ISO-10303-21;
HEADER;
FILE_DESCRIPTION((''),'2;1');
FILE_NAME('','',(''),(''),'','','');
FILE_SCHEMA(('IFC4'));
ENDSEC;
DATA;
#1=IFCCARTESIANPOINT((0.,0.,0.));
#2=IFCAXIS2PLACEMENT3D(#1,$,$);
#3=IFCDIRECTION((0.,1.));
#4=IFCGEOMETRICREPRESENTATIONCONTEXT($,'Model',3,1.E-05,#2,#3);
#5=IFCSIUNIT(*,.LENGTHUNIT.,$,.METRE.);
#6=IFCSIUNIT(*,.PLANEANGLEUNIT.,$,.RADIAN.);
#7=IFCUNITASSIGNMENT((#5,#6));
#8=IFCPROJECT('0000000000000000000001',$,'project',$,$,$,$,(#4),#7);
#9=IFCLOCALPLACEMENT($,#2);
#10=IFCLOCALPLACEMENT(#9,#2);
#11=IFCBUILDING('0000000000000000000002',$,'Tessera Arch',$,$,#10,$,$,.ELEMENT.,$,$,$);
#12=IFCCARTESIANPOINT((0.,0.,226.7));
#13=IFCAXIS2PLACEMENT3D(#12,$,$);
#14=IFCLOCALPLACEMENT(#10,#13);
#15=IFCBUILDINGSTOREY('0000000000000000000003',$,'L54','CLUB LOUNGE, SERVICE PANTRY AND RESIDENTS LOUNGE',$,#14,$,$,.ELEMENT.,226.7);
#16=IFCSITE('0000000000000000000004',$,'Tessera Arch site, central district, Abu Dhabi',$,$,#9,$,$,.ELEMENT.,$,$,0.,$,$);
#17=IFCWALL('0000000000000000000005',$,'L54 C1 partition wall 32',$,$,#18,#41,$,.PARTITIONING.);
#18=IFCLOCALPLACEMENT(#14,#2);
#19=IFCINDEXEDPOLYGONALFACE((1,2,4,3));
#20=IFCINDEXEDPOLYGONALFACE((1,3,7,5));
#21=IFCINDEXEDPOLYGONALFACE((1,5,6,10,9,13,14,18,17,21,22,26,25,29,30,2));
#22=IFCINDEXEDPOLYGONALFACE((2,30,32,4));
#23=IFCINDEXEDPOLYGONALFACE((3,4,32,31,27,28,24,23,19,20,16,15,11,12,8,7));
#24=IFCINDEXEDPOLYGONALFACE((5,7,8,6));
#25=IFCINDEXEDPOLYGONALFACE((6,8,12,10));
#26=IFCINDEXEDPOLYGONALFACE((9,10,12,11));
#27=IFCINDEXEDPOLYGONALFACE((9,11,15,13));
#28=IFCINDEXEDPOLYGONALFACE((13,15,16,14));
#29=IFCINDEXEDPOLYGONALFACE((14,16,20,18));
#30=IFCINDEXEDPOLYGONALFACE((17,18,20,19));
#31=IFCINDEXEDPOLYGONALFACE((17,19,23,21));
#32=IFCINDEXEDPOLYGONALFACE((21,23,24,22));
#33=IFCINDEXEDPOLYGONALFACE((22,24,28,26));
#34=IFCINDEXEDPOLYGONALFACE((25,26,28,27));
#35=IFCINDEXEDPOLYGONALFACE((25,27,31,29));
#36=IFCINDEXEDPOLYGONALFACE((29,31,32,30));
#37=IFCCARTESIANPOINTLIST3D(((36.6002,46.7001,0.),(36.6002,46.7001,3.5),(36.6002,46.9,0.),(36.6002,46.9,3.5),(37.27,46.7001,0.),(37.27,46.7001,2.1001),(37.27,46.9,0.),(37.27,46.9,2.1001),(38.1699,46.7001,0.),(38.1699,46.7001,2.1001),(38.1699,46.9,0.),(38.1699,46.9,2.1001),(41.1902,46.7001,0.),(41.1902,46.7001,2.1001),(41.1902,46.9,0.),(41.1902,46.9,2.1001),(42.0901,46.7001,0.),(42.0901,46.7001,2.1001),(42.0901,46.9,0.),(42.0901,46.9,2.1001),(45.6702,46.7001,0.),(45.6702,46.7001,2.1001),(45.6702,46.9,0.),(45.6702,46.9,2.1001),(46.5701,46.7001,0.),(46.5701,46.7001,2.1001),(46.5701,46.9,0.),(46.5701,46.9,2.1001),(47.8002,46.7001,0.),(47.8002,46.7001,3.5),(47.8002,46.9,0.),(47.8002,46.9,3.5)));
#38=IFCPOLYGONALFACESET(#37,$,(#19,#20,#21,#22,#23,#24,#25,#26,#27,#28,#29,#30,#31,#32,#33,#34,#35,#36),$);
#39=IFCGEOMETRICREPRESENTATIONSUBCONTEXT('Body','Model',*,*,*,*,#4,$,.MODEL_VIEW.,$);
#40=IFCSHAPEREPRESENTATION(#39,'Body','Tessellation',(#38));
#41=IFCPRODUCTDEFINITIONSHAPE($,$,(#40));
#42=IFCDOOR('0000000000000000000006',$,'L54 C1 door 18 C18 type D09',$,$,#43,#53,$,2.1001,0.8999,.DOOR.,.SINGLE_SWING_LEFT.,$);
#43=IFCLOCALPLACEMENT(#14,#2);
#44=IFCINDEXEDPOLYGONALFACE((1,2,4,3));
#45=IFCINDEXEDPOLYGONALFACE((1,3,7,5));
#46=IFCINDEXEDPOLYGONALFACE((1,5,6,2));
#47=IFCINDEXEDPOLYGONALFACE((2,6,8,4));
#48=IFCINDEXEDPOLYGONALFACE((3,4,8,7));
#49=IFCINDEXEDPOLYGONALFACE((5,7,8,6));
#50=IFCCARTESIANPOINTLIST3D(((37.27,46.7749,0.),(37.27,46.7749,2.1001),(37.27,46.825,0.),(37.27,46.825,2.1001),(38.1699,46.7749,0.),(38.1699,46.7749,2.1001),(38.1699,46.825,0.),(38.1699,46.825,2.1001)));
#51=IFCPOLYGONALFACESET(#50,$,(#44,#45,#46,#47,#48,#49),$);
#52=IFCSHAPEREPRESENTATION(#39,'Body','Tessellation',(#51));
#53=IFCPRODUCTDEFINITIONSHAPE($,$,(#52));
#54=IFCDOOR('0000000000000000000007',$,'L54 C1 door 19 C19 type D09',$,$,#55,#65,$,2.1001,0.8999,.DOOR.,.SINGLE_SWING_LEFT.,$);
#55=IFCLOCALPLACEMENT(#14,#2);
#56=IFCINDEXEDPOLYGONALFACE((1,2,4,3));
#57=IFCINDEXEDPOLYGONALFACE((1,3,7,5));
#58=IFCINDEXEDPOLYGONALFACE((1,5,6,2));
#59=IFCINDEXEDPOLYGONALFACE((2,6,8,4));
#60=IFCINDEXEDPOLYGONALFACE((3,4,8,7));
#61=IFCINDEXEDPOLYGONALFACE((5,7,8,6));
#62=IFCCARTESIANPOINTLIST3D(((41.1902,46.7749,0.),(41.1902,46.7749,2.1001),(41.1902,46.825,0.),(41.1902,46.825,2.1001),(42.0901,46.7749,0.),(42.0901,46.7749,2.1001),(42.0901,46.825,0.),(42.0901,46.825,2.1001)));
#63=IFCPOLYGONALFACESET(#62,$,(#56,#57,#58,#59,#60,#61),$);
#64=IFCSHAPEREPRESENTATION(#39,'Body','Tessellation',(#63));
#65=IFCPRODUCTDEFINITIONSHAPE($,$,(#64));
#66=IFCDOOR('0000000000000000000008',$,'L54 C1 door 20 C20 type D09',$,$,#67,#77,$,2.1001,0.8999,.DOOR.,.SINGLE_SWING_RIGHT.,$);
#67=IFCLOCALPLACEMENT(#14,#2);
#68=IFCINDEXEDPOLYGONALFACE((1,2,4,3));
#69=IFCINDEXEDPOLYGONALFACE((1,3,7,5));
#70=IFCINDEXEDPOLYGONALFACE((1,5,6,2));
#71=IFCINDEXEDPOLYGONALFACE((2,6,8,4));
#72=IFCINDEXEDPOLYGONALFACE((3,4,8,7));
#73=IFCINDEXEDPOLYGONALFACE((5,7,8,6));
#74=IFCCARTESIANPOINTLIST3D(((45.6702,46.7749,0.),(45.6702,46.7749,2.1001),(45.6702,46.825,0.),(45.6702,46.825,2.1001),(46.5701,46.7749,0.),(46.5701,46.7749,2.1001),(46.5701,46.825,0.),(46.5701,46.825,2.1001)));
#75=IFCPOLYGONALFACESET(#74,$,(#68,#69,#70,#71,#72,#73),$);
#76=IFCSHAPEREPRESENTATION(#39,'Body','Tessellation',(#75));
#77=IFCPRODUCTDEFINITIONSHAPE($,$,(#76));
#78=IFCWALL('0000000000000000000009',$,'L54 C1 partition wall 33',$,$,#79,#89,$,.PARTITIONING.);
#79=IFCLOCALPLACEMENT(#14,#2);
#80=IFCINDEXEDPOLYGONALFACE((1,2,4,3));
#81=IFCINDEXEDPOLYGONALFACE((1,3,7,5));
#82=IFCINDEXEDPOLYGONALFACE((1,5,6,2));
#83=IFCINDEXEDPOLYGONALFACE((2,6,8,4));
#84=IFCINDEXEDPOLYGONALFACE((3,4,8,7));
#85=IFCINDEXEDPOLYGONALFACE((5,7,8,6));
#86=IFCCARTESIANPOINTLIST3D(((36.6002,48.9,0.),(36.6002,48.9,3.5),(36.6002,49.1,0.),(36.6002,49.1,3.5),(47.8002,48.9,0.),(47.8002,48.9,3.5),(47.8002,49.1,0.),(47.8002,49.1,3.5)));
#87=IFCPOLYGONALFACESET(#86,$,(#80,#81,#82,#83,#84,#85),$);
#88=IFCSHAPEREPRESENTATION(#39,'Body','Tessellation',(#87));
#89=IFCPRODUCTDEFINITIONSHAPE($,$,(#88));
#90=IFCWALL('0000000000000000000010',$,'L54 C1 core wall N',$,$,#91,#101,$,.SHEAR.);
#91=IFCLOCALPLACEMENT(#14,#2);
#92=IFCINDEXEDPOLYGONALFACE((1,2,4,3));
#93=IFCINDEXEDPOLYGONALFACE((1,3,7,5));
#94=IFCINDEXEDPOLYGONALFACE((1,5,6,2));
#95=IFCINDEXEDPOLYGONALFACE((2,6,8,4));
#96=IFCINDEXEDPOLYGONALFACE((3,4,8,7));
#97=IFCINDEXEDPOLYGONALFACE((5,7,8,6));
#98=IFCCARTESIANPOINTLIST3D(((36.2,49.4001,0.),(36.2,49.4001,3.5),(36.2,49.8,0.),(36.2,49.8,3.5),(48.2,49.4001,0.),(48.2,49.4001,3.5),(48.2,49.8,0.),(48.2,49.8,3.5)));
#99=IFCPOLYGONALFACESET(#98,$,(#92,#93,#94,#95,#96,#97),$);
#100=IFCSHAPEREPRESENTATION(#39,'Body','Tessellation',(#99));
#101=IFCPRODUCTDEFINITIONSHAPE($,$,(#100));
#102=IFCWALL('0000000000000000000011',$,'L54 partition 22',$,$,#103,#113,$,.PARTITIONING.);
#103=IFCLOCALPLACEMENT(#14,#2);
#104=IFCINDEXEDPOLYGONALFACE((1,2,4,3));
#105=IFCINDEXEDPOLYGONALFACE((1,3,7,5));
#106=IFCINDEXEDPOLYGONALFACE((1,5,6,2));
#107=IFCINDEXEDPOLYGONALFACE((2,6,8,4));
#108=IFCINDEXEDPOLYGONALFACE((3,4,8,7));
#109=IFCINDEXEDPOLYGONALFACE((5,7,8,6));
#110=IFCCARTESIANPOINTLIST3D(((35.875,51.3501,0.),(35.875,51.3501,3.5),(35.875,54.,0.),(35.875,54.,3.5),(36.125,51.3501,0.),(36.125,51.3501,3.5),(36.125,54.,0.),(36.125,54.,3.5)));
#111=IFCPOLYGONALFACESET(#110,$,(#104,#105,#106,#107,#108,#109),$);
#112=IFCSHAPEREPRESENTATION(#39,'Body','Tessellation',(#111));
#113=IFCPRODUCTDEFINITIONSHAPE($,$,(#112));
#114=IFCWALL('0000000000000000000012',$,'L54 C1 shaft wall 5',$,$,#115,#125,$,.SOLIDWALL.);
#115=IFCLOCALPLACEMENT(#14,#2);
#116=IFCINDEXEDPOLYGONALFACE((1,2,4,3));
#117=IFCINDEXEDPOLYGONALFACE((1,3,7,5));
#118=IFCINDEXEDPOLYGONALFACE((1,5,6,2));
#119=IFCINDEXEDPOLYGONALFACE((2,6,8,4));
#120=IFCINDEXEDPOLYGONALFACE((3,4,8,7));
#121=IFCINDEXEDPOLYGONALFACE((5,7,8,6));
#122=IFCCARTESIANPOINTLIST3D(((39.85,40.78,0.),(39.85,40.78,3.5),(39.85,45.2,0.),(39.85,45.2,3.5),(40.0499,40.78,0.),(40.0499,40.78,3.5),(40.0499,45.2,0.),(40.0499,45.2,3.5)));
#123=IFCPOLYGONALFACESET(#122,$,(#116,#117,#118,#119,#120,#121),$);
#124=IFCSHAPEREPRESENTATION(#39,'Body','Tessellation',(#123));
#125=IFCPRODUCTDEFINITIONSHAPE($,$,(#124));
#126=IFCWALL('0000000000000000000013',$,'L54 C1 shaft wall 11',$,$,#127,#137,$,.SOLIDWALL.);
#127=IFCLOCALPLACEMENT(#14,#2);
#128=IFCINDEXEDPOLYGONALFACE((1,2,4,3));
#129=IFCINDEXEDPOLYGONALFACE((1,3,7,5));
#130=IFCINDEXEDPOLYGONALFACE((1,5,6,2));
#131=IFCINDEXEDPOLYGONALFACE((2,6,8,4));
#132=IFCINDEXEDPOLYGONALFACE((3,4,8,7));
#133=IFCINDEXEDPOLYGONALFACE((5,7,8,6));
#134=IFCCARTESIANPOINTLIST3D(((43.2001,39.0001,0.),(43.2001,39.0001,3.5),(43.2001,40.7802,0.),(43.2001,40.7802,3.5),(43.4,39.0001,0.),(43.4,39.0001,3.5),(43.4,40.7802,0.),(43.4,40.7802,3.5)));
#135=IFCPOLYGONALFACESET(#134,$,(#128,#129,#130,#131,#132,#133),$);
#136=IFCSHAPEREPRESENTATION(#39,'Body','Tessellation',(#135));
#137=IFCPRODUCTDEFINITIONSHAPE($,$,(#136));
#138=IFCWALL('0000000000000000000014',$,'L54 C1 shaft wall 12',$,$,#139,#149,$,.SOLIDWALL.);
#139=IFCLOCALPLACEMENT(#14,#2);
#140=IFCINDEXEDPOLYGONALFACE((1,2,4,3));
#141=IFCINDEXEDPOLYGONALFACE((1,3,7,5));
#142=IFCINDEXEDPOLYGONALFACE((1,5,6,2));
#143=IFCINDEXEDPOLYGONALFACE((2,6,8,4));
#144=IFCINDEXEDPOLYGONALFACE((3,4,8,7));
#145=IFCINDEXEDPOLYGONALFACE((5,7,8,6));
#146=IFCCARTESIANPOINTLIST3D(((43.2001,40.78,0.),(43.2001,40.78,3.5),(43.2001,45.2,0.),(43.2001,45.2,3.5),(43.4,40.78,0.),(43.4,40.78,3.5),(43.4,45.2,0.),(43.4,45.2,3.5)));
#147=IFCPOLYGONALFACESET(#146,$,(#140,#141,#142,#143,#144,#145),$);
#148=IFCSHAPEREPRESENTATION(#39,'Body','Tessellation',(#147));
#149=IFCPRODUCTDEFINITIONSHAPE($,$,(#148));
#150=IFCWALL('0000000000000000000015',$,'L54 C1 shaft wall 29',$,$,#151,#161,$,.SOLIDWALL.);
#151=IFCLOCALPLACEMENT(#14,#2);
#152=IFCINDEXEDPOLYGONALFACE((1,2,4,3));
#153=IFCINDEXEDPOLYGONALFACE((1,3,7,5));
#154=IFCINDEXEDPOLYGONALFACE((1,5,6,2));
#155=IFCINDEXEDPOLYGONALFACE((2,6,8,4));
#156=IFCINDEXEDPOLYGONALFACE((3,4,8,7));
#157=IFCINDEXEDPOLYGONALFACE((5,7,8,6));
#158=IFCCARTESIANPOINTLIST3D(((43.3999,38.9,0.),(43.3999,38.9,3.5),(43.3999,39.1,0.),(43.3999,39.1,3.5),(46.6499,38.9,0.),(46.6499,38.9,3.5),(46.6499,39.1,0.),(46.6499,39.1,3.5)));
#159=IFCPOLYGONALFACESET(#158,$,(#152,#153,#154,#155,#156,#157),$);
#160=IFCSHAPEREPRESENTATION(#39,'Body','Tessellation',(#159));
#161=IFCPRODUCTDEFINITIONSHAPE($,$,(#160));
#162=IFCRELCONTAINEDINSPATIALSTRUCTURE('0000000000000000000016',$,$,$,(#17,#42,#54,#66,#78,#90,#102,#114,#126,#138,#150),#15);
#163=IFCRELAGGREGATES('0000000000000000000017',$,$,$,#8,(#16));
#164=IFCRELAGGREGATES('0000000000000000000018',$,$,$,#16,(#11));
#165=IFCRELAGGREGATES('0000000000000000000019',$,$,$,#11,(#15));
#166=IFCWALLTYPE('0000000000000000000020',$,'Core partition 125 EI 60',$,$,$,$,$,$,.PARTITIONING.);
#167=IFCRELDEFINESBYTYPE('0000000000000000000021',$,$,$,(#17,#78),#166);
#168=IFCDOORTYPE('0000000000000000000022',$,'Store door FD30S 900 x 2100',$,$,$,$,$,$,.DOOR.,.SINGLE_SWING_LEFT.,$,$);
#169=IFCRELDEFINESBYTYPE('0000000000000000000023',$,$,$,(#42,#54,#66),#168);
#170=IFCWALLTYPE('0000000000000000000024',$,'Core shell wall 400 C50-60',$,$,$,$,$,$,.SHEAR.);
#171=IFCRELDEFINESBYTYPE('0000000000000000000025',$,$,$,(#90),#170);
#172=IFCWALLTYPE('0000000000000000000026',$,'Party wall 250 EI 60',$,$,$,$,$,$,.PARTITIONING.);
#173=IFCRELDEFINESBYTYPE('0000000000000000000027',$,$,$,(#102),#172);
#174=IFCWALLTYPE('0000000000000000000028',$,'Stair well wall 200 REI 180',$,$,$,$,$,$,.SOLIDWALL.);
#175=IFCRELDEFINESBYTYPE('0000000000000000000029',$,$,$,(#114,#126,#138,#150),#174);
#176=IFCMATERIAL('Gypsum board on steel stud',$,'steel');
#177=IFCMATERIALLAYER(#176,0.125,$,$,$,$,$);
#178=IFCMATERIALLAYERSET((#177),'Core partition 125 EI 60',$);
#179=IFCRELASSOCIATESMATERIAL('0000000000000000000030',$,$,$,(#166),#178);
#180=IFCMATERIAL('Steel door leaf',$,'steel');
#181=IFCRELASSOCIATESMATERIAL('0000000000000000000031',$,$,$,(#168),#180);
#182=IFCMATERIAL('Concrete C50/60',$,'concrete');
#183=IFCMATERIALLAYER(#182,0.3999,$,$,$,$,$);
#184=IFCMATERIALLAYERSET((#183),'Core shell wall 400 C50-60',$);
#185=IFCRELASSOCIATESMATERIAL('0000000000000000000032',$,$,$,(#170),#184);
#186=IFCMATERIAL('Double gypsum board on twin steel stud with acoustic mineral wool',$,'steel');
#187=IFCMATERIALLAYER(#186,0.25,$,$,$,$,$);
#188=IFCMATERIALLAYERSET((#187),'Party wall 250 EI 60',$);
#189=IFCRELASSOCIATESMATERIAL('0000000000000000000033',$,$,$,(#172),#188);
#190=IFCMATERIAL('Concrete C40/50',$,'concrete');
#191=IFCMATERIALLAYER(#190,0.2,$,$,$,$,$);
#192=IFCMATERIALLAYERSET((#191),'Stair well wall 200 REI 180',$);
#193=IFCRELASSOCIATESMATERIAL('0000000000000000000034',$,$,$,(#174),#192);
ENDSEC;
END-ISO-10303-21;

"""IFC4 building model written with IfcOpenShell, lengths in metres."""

from ifc_helpers import new_model, si_unit, direction, frame, frame_2d, origin, place, context, subcontext, project, spatial, rectangle, extrude, material, layer, layer_set, type_object, element, fill, save


model = new_model("IFC4")

# Units and contexts
model_context = context("Model", 3, precision=1e-05, world=origin(), true_north=direction((0.0, 1.0)))
body_context = subcontext(model_context, "Body", "Model", "MODEL_VIEW")
ifc_project = project(units=[si_unit("LENGTHUNIT", "METRE"), si_unit("PLANEANGLEUNIT", "RADIAN")], contexts=[model_context])

# Site, building, storey
site_placement = place(None, origin())
site = spatial("IfcSite", under=ifc_project, at=site_placement, Name="Tessera Arch site, central district, Abu Dhabi", CompositionType="ELEMENT", RefElevation=0.0)
building_placement = place(site_placement, origin())
building = spatial("IfcBuilding", under=site, at=building_placement, Name="Tessera Arch", CompositionType="ELEMENT")
storey_placement = place(building_placement, frame((0.0, 0.0, 226.7)))
storey = spatial("IfcBuildingStorey", under=building, at=storey_placement, Name="L54", Description="CLUB LOUNGE, SERVICE PANTRY AND RESIDENTS LOUNGE", CompositionType="ELEMENT", Elevation=226.7)

# Shared definitions
ifc_material_1 = material(Name="Gypsum board on steel stud", Category="steel")
ifc_layer_1 = layer(ifc_material_1, 0.125)
ifc_layer_set_1 = layer_set([ifc_layer_1], Name="Core partition 125 EI 60")
wall_type_1 = type_object("IfcWallType", Name="Core partition 125 EI 60", PredefinedType="PARTITIONING", material=ifc_layer_set_1)

# Wall, openings, doors
wall_1_placement = place(storey_placement, frame((36.6001, 46.8, 0.0), z_axis=(0.0, 0.0, 1.0), x_axis=(1.0, 0.0, 0.0)))
wall_1 = element("IfcWall", 1, at=wall_1_placement, inside=storey, type_object=wall_type_1, Name="L54 C1 partition wall 32", PredefinedType="PARTITIONING", context=body_context, shape_type="SweptSolid", body=[
    extrude(rectangle(XDim=11.2, YDim=0.2, at=frame_2d((5.6001, 0.0))), origin(), (0.0, 0.0, 1.0), 3.5),
])
opening_1_placement = place(wall_1_placement, frame((0.6699, 0.0, 0.0)))
opening_1 = element("IfcOpeningElement", 2, at=opening_1_placement, cuts=wall_1, PredefinedType="OPENING", context=body_context, shape_type="SweptSolid", body=[
    extrude(rectangle(XDim=0.8999, YDim=2.1001, at=frame_2d((0.45, 1.05))), frame((0.0, 0.1099, 0.0), z_axis=(0.0, -1.0, 0.0), x_axis=(1.0, 0.0, 0.0)), (0.0, 0.0, 1.0), 0.22),
])
opening_2_placement = place(wall_1_placement, frame((4.5901, 0.0, 0.0)))
opening_2 = element("IfcOpeningElement", 3, at=opening_2_placement, cuts=wall_1, PredefinedType="OPENING", context=body_context, shape_type="SweptSolid", body=[
    extrude(rectangle(XDim=0.8999, YDim=2.1001, at=frame_2d((0.45, 1.05))), frame((0.0, 0.1099, 0.0), z_axis=(0.0, -1.0, 0.0), x_axis=(1.0, 0.0, 0.0)), (0.0, 0.0, 1.0), 0.22),
])
opening_3_placement = place(wall_1_placement, frame((9.0701, 0.0, 0.0)))
opening_3 = element("IfcOpeningElement", 4, at=opening_3_placement, cuts=wall_1, PredefinedType="OPENING", context=body_context, shape_type="SweptSolid", body=[
    extrude(rectangle(XDim=0.8999, YDim=2.1001, at=frame_2d((0.45, 1.05))), frame((0.0, 0.1099, 0.0), z_axis=(0.0, -1.0, 0.0), x_axis=(1.0, 0.0, 0.0)), (0.0, 0.0, 1.0), 0.22),
])
ifc_material_2 = material(Name="Steel door leaf", Category="steel")
door_type_1 = type_object("IfcDoorType", Name="Store door FD30S 900 x 2100", OperationType="SINGLE_SWING_LEFT", PredefinedType="DOOR", material=ifc_material_2)
door_1_placement = place(opening_1_placement, origin())
door_1 = element("IfcDoor", 5, at=door_1_placement, inside=storey, type_object=door_type_1, Name="L54 C1 door 18 C18 type D09", OperationType="SINGLE_SWING_LEFT", OverallHeight=2.1001, OverallWidth=0.8999, PredefinedType="DOOR", context=body_context, shape_type="SweptSolid", body=[
    extrude(rectangle(XDim=0.8999, YDim=2.1001, at=frame_2d((0.45, 1.05))), frame((0.0, 0.0249, 0.0), z_axis=(0.0, -1.0, 0.0), x_axis=(1.0, 0.0, 0.0)), (0.0, 0.0, 1.0), 0.05),
])
fill(opening_1, door_1)
door_2_placement = place(opening_2_placement, origin())
door_2 = element("IfcDoor", 6, at=door_2_placement, inside=storey, type_object=door_type_1, Name="L54 C1 door 19 C19 type D09", OperationType="SINGLE_SWING_LEFT", OverallHeight=2.1001, OverallWidth=0.8999, PredefinedType="DOOR", context=body_context, shape_type="SweptSolid", body=[
    extrude(rectangle(XDim=0.8999, YDim=2.1001, at=frame_2d((0.45, 1.05))), frame((0.0, 0.0249, 0.0), z_axis=(0.0, -1.0, 0.0), x_axis=(1.0, 0.0, 0.0)), (0.0, 0.0, 1.0), 0.05),
])
fill(opening_2, door_2)
door_3_placement = place(opening_3_placement, origin())
door_3 = element("IfcDoor", 7, at=door_3_placement, inside=storey, type_object=door_type_1, Name="L54 C1 door 20 C20 type D09", OperationType="SINGLE_SWING_RIGHT", OverallHeight=2.1001, OverallWidth=0.8999, PredefinedType="DOOR", context=body_context, shape_type="SweptSolid", body=[
    extrude(rectangle(XDim=0.8999, YDim=2.1001, at=frame_2d((0.45, 1.05))), frame((0.0, 0.0249, 0.0), z_axis=(0.0, -1.0, 0.0), x_axis=(1.0, 0.0, 0.0)), (0.0, 0.0, 1.0), 0.05),
])
fill(opening_3, door_3)

# Walls
wall_2_placement = place(storey_placement, frame((36.6001, 49.0, 0.0), z_axis=(0.0, 0.0, 1.0), x_axis=(1.0, 0.0, 0.0)))
element("IfcWall", 8, at=wall_2_placement, inside=storey, type_object=wall_type_1, Name="L54 C1 partition wall 33", PredefinedType="PARTITIONING", context=body_context, shape_type="SweptSolid", body=[
    extrude(rectangle(XDim=11.2, YDim=0.2, at=frame_2d((5.6001, 0.0))), origin(), (0.0, 0.0, 1.0), 3.5),
])
ifc_material_3 = material(Name="Concrete C50/60", Category="concrete")
ifc_layer_2 = layer(ifc_material_3, 0.3999)
ifc_layer_set_2 = layer_set([ifc_layer_2], Name="Core shell wall 400 C50-60")
wall_type_2 = type_object("IfcWallType", Name="Core shell wall 400 C50-60", PredefinedType="SHEAR", material=ifc_layer_set_2)
wall_3_placement = place(storey_placement, frame((36.2, 49.6001, 0.0), z_axis=(0.0, 0.0, 1.0), x_axis=(1.0, 0.0, 0.0)))
element("IfcWall", 9, at=wall_3_placement, inside=storey, type_object=wall_type_2, Name="L54 C1 core wall N", PredefinedType="SHEAR", context=body_context, shape_type="SweptSolid", body=[
    extrude(rectangle(XDim=12.0, YDim=0.3999, at=frame_2d((6.0, 0.0))), origin(), (0.0, 0.0, 1.0), 3.5),
])
ifc_material_4 = material(Name="Double gypsum board on twin steel stud with acoustic mineral wool", Category="steel")
ifc_layer_3 = layer(ifc_material_4, 0.25)
ifc_layer_set_3 = layer_set([ifc_layer_3], Name="Party wall 250 EI 60")
wall_type_3 = type_object("IfcWallType", Name="Party wall 250 EI 60", PredefinedType="PARTITIONING", material=ifc_layer_set_3)
wall_4_placement = place(storey_placement, frame((36.0, 51.3501, 0.0), z_axis=(0.0, 0.0, 1.0), x_axis=(0.0, 1.0, 0.0)))
element("IfcWall", 10, at=wall_4_placement, inside=storey, type_object=wall_type_3, Name="L54 partition 22", PredefinedType="PARTITIONING", context=body_context, shape_type="SweptSolid", body=[
    extrude(rectangle(XDim=2.6499, YDim=0.25, at=frame_2d((1.325, 0.0))), origin(), (0.0, 0.0, 1.0), 3.5),
])
ifc_material_5 = material(Name="Concrete C40/50", Category="concrete")
ifc_layer_4 = layer(ifc_material_5, 0.2)
ifc_layer_set_4 = layer_set([ifc_layer_4], Name="Stair well wall 200 REI 180")
wall_type_4 = type_object("IfcWallType", Name="Stair well wall 200 REI 180", PredefinedType="SOLIDWALL", material=ifc_layer_set_4)
wall_5_placement = place(storey_placement, frame((39.95, 40.78, 0.0), z_axis=(0.0, 0.0, 1.0), x_axis=(0.0, 1.0, 0.0)))
element("IfcWall", 11, at=wall_5_placement, inside=storey, type_object=wall_type_4, Name="L54 C1 shaft wall 5", PredefinedType="SOLIDWALL", context=body_context, shape_type="SweptSolid", body=[
    extrude(rectangle(XDim=4.4199, YDim=0.2, at=frame_2d((2.21, 0.0))), origin(), (0.0, 0.0, 1.0), 3.5),
])
wall_6_placement = place(storey_placement, frame((43.3, 39.0, 0.0), z_axis=(0.0, 0.0, 1.0), x_axis=(0.0, 1.0, 0.0)))
element("IfcWall", 12, at=wall_6_placement, inside=storey, type_object=wall_type_4, Name="L54 C1 shaft wall 11", PredefinedType="SOLIDWALL", context=body_context, shape_type="SweptSolid", body=[
    extrude(rectangle(XDim=1.78, YDim=0.2, at=frame_2d((0.8901, 0.0))), origin(), (0.0, 0.0, 1.0), 3.5),
])
wall_7_placement = place(storey_placement, frame((43.3, 40.78, 0.0), z_axis=(0.0, 0.0, 1.0), x_axis=(0.0, 1.0, 0.0)))
element("IfcWall", 13, at=wall_7_placement, inside=storey, type_object=wall_type_4, Name="L54 C1 shaft wall 12", PredefinedType="SOLIDWALL", context=body_context, shape_type="SweptSolid", body=[
    extrude(rectangle(XDim=4.4199, YDim=0.2, at=frame_2d((2.21, 0.0))), origin(), (0.0, 0.0, 1.0), 3.5),
])
wall_8_placement = place(storey_placement, frame((43.3999, 39.0, 0.0), z_axis=(0.0, 0.0, 1.0), x_axis=(1.0, 0.0, 0.0)))
element("IfcWall", 14, at=wall_8_placement, inside=storey, type_object=wall_type_4, Name="L54 C1 shaft wall 29", PredefinedType="SOLIDWALL", context=body_context, shape_type="SweptSolid", body=[
    extrude(rectangle(XDim=3.25, YDim=0.2, at=frame_2d((1.625, 0.0))), origin(), (0.0, 0.0, 1.0), 3.5),
])

save(model, "model.ifc")
